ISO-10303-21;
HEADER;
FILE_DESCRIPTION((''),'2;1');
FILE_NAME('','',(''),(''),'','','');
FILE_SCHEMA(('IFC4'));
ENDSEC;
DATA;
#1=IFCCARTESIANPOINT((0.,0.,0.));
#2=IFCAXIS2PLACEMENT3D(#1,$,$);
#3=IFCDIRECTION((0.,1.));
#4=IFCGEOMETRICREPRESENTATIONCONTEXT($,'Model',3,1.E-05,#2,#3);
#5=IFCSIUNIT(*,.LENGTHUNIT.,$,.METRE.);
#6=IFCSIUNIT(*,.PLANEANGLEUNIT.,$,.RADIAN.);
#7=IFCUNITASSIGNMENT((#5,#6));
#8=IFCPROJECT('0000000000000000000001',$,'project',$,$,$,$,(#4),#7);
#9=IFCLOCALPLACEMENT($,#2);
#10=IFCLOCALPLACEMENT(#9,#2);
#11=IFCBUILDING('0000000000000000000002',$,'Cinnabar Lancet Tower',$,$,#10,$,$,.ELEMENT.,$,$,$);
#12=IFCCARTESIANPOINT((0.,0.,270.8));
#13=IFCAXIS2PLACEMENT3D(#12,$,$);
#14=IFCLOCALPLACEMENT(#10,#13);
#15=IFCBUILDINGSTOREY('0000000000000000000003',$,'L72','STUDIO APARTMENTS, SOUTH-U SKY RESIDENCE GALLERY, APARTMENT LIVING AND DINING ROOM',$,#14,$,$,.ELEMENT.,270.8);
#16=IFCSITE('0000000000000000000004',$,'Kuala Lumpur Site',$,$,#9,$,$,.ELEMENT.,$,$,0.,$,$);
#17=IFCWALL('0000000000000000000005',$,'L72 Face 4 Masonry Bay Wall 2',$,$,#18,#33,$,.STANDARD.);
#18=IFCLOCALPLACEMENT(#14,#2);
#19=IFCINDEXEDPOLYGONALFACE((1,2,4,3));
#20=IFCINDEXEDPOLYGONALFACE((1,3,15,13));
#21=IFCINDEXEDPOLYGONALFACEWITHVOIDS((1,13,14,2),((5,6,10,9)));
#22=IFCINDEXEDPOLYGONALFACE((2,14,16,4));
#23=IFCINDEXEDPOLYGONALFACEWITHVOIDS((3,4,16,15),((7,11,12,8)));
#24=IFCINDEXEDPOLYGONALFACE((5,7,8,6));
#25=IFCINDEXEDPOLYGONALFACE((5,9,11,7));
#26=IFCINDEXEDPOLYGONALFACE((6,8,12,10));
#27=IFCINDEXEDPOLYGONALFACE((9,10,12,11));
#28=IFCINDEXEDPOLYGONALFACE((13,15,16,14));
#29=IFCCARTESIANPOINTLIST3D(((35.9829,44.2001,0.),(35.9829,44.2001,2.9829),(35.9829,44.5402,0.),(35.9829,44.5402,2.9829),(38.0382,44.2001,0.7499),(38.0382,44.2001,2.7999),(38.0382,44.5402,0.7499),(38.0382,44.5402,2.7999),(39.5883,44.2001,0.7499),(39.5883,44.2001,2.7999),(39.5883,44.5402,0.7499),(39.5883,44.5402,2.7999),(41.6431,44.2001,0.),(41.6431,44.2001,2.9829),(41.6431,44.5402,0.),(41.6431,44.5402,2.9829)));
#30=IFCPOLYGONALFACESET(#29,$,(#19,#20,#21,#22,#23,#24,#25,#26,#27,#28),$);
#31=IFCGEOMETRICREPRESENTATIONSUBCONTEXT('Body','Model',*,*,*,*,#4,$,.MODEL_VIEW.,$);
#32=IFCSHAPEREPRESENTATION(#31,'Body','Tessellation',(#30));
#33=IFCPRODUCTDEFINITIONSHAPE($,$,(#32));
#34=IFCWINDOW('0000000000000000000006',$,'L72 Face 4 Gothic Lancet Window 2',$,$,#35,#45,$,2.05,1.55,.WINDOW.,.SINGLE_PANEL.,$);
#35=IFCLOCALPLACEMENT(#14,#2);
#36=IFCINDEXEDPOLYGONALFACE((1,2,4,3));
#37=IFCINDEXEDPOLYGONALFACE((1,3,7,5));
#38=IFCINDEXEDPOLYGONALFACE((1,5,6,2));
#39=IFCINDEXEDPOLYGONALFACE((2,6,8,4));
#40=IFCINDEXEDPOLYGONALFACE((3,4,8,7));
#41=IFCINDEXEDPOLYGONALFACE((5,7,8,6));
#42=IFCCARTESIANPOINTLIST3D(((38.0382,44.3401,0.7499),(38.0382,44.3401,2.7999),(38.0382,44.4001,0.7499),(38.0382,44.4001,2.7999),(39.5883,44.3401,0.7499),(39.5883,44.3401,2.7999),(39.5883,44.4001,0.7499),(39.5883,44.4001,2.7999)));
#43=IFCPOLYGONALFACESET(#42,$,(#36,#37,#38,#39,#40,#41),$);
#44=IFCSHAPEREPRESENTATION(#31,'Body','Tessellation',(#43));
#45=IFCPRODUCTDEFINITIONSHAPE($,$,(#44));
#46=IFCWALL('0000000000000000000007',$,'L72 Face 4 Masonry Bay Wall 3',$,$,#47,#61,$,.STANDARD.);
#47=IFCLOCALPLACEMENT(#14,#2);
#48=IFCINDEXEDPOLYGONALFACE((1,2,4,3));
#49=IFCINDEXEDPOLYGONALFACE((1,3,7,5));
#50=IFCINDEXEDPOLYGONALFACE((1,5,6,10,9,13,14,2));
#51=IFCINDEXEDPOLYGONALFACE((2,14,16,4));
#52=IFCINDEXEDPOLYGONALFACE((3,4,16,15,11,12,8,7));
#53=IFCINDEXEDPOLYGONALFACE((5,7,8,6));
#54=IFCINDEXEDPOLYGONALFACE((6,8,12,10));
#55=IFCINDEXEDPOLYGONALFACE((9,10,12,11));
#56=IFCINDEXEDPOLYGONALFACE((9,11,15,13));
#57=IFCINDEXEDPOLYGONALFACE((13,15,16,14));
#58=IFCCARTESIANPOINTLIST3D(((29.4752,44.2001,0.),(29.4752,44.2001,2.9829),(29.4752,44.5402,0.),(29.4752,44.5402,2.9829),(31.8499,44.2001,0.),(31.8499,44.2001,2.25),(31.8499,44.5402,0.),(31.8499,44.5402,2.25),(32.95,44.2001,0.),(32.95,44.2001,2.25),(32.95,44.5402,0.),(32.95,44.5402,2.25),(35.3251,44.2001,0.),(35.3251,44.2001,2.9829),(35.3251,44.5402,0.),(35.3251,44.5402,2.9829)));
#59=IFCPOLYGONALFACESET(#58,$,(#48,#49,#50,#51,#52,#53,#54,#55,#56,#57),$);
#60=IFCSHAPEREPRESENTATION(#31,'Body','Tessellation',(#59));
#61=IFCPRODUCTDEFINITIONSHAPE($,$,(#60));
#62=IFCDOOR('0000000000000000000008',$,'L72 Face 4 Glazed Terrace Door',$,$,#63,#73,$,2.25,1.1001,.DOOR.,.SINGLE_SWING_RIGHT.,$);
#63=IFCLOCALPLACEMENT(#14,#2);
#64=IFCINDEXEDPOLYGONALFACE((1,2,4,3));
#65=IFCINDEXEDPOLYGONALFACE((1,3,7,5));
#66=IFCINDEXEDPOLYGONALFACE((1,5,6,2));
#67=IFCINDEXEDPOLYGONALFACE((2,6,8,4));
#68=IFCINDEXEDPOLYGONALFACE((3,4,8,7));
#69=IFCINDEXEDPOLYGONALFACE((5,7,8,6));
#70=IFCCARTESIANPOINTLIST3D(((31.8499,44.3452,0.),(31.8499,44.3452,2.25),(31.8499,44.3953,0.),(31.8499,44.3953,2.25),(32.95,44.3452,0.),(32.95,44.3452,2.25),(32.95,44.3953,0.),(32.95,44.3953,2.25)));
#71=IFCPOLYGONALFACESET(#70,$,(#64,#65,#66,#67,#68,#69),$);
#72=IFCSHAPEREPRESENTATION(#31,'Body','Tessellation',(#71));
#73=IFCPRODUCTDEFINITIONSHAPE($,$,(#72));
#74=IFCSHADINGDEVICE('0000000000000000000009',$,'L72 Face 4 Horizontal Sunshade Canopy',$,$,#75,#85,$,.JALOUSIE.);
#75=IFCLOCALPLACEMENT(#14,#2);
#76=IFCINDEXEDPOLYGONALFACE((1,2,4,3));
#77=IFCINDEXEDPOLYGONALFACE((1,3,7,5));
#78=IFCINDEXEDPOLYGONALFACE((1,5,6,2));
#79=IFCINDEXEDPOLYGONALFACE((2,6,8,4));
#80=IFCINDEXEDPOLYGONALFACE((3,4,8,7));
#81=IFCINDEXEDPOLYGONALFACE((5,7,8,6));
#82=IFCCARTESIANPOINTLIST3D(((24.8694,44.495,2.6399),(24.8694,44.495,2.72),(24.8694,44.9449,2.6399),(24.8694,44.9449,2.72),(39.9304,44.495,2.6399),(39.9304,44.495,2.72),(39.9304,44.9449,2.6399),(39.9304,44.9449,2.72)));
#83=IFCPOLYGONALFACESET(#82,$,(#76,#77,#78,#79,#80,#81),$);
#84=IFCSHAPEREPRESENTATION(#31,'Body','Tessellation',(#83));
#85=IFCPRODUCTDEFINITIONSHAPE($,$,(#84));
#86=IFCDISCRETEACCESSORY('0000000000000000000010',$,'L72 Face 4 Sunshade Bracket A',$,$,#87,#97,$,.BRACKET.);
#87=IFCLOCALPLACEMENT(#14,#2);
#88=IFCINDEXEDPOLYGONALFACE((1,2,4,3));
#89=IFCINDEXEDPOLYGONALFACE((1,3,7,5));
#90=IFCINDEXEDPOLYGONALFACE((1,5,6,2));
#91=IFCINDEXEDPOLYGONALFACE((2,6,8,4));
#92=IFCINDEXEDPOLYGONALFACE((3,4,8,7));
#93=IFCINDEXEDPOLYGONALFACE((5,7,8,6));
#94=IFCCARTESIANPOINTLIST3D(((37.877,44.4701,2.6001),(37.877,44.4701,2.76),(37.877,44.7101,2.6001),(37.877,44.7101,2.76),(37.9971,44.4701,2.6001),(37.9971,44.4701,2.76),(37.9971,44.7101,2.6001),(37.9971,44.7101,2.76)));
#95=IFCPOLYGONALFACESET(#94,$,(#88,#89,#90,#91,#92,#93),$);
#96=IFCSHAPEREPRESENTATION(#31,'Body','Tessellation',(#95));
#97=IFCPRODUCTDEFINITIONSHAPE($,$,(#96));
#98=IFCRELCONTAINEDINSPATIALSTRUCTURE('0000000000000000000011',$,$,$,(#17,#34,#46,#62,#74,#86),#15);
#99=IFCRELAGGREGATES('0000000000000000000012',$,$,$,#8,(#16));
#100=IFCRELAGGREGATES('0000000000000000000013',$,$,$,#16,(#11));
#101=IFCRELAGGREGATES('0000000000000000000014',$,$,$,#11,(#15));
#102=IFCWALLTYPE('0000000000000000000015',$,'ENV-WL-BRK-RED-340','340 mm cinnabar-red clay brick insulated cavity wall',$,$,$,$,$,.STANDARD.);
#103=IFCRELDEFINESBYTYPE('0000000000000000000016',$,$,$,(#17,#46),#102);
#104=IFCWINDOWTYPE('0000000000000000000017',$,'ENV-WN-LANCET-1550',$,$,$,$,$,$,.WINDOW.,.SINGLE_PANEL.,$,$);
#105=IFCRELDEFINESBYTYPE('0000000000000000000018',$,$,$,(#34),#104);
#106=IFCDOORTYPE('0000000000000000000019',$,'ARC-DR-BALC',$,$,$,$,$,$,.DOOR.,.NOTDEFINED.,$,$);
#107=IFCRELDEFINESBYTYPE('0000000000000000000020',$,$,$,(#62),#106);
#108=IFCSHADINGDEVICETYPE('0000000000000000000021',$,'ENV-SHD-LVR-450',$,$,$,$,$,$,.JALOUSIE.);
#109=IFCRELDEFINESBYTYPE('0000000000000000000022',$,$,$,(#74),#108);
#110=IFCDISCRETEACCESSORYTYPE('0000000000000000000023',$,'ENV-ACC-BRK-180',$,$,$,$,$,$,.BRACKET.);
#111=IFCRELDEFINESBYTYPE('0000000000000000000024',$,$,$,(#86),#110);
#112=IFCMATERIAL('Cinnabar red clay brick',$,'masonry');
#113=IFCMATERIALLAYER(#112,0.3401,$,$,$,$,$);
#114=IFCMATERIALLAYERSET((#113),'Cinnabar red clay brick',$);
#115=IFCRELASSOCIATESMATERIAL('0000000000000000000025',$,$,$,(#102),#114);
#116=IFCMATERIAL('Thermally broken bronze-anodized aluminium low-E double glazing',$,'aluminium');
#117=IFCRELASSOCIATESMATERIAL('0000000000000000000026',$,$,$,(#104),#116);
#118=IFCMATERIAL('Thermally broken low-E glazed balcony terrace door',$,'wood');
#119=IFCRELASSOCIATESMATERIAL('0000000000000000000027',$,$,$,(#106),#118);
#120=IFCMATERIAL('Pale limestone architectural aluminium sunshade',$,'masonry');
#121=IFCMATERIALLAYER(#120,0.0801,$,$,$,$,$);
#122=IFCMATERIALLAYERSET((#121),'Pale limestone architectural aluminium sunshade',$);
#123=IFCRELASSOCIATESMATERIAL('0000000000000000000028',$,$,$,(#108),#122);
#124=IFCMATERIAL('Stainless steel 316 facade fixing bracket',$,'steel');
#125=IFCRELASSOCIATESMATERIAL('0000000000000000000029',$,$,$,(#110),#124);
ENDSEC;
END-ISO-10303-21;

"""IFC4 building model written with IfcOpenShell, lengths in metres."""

from ifc_helpers import new_model, si_unit, direction, frame, frame_2d, origin, origin_2d, place, context, subcontext, project, spatial, rectangle, extrude, material, layer, layer_set, type_object, element, fill, save


model = new_model("IFC4")

# Units and contexts
model_context = context("Model", 3, precision=1e-05, world=origin(), true_north=direction((0.0, 1.0)))
body_context = subcontext(model_context, "Body", "Model", "MODEL_VIEW")
ifc_project = project(units=[si_unit("LENGTHUNIT", "METRE"), si_unit("PLANEANGLEUNIT", "RADIAN")], contexts=[model_context])

# Site, building, storey
site_placement = place(None, origin())
site = spatial("IfcSite", under=ifc_project, at=site_placement, Name="Kuala Lumpur Site", CompositionType="ELEMENT", RefElevation=0.0)
building_placement = place(site_placement, origin())
building = spatial("IfcBuilding", under=site, at=building_placement, Name="Cinnabar Lancet Tower", CompositionType="ELEMENT")
storey_placement = place(building_placement, frame((0.0, 0.0, 270.8)))
storey = spatial("IfcBuildingStorey", under=building, at=storey_placement, Name="L72", Description="STUDIO APARTMENTS, SOUTH-U SKY RESIDENCE GALLERY, APARTMENT LIVING AND DINING ROOM", CompositionType="ELEMENT", Elevation=270.8)

# Wall, opening, window
ifc_material_1 = material(Name="Cinnabar red clay brick", Category="masonry")
ifc_layer_1 = layer(ifc_material_1, 0.3401)
ifc_layer_set_1 = layer_set([ifc_layer_1], Name="Cinnabar red clay brick")
wall_type_1 = type_object("IfcWallType", Name="ENV-WL-BRK-RED-340", Description="340 mm cinnabar-red clay brick insulated cavity wall", PredefinedType="STANDARD", material=ifc_layer_set_1)
wall_1_placement = place(storey_placement, frame((41.6431, 44.3701, 0.0), z_axis=(0.0, 0.0, 1.0), x_axis=(-1.0, 0.0, 0.0)))
wall_1 = element("IfcWall", 1, at=wall_1_placement, inside=storey, type_object=wall_type_1, Name="L72 Face 4 Masonry Bay Wall 2", PredefinedType="STANDARD", context=body_context, shape_type="SweptSolid", body=[
    extrude(rectangle(XDim=5.6602, YDim=0.3401, at=frame_2d((2.8301, 0.0))), origin(), (0.0, 0.0, 1.0), 2.9829),
])
opening_1_placement = place(wall_1_placement, frame((2.0549, 0.0, 0.75)))
opening_1 = element("IfcOpeningElement", 2, at=opening_1_placement, cuts=wall_1, PredefinedType="OPENING", context=body_context, shape_type="SweptSolid", body=[
    extrude(rectangle(XDim=1.55, YDim=2.05, at=frame_2d((0.7749, 1.0249))), frame((0.0, 0.1799, 0.0), z_axis=(0.0, -1.0, 0.0), x_axis=(1.0, 0.0, 0.0)), (0.0, 0.0, 1.0), 0.3601),
])
ifc_material_2 = material(Name="Thermally broken bronze-anodized aluminium low-E double glazing", Category="aluminium")
window_type = type_object("IfcWindowType", Name="ENV-WN-LANCET-1550", PartitioningType="SINGLE_PANEL", PredefinedType="WINDOW", material=ifc_material_2)
window_placement = place(opening_1_placement, origin())
window = element("IfcWindow", 3, at=window_placement, inside=storey, type_object=window_type, Name="L72 Face 4 Gothic Lancet Window 2", OverallHeight=2.05, OverallWidth=1.55, PartitioningType="SINGLE_PANEL", PredefinedType="WINDOW", context=body_context, shape_type="SweptSolid", body=[
    extrude(rectangle(XDim=1.55, YDim=2.05, at=frame_2d((0.7749, 1.0249))), frame((0.0, 0.03, 0.0), z_axis=(0.0, -1.0, 0.0), x_axis=(1.0, 0.0, 0.0)), (0.0, 0.0, 1.0), 0.0601),
])
fill(opening_1, window)

# Wall, opening, door
wall_2_placement = place(storey_placement, frame((35.325, 44.3701, 0.0), z_axis=(0.0, 0.0, 1.0), x_axis=(-1.0, 0.0, 0.0)))
wall_2 = element("IfcWall", 4, at=wall_2_placement, inside=storey, type_object=wall_type_1, Name="L72 Face 4 Masonry Bay Wall 3", PredefinedType="STANDARD", context=body_context, shape_type="SweptSolid", body=[
    extrude(rectangle(XDim=5.8499, YDim=0.3401, at=frame_2d((2.9248, 0.0))), origin(), (0.0, 0.0, 1.0), 2.9829),
])
opening_2_placement = place(wall_2_placement, frame((2.375, 0.0, 0.0)))
opening_2 = element("IfcOpeningElement", 5, at=opening_2_placement, cuts=wall_2, PredefinedType="OPENING", context=body_context, shape_type="SweptSolid", body=[
    extrude(rectangle(XDim=1.1001, YDim=2.25, at=frame_2d((0.55, 1.125))), frame((0.0, 0.1799, 0.0), z_axis=(0.0, -1.0, 0.0), x_axis=(1.0, 0.0, 0.0)), (0.0, 0.0, 1.0), 0.3601),
])
ifc_material_3 = material(Name="Thermally broken low-E glazed balcony terrace door", Category="wood")
door_type_1 = type_object("IfcDoorType", Name="ARC-DR-BALC", OperationType="NOTDEFINED", PredefinedType="DOOR", material=ifc_material_3)
door_1_placement = place(opening_2_placement, origin())
door_1 = element("IfcDoor", 6, at=door_1_placement, inside=storey, type_object=door_type_1, Name="L72 Face 4 Glazed Terrace Door", OperationType="SINGLE_SWING_RIGHT", OverallHeight=2.25, OverallWidth=1.1001, PredefinedType="DOOR", context=body_context, shape_type="SweptSolid", body=[
    extrude(rectangle(XDim=1.1001, YDim=2.25, at=frame_2d((0.55, 1.125))), frame((0.0, 0.0249, 0.0), z_axis=(0.0, -1.0, 0.0), x_axis=(1.0, 0.0, 0.0)), (0.0, 0.0, 1.0), 0.05),
])
fill(opening_2, door_1)

# Shading device
ifc_material_4 = material(Name="Pale limestone architectural aluminium sunshade", Category="masonry")
ifc_layer_2 = layer(ifc_material_4, 0.0801)
ifc_layer_set_2 = layer_set([ifc_layer_2], Name="Pale limestone architectural aluminium sunshade")
shading_device_type = type_object("IfcShadingDeviceType", Name="ENV-SHD-LVR-450", PredefinedType="JALOUSIE", material=ifc_layer_set_2)
shading_device_placement = place(storey_placement, frame((32.3999, 44.72, 2.6399), z_axis=(0.0, 0.0, 1.0), x_axis=(-1.0, 0.0, 0.0)))
element("IfcShadingDevice", 7, at=shading_device_placement, inside=storey, type_object=shading_device_type, Name="L72 Face 4 Horizontal Sunshade Canopy", PredefinedType="JALOUSIE", context=body_context, shape_type="SweptSolid", body=[
    extrude(rectangle(XDim=15.061, YDim=0.45, at=origin_2d()), origin(), (0.0, 0.0, 1.0), 0.0801),
])

# Discrete accessory
ifc_material_5 = material(Name="Stainless steel 316 facade fixing bracket", Category="steel")
discrete_accessory_type = type_object("IfcDiscreteAccessoryType", Name="ENV-ACC-BRK-180", PredefinedType="BRACKET", material=ifc_material_5)
discrete_accessory_placement = place(storey_placement, frame((37.937, 44.5901, 2.6001), z_axis=(0.0, 0.0, 1.0), x_axis=(-1.0, 0.0, 0.0)))
element("IfcDiscreteAccessory", 8, at=discrete_accessory_placement, inside=storey, type_object=discrete_accessory_type, Name="L72 Face 4 Sunshade Bracket A", PredefinedType="BRACKET", context=body_context, shape_type="SweptSolid", body=[
    extrude(rectangle(XDim=0.1201, YDim=0.24, at=origin_2d()), origin(), (0.0, 0.0, 1.0), 0.1599),
])

save(model, "model.ifc")
